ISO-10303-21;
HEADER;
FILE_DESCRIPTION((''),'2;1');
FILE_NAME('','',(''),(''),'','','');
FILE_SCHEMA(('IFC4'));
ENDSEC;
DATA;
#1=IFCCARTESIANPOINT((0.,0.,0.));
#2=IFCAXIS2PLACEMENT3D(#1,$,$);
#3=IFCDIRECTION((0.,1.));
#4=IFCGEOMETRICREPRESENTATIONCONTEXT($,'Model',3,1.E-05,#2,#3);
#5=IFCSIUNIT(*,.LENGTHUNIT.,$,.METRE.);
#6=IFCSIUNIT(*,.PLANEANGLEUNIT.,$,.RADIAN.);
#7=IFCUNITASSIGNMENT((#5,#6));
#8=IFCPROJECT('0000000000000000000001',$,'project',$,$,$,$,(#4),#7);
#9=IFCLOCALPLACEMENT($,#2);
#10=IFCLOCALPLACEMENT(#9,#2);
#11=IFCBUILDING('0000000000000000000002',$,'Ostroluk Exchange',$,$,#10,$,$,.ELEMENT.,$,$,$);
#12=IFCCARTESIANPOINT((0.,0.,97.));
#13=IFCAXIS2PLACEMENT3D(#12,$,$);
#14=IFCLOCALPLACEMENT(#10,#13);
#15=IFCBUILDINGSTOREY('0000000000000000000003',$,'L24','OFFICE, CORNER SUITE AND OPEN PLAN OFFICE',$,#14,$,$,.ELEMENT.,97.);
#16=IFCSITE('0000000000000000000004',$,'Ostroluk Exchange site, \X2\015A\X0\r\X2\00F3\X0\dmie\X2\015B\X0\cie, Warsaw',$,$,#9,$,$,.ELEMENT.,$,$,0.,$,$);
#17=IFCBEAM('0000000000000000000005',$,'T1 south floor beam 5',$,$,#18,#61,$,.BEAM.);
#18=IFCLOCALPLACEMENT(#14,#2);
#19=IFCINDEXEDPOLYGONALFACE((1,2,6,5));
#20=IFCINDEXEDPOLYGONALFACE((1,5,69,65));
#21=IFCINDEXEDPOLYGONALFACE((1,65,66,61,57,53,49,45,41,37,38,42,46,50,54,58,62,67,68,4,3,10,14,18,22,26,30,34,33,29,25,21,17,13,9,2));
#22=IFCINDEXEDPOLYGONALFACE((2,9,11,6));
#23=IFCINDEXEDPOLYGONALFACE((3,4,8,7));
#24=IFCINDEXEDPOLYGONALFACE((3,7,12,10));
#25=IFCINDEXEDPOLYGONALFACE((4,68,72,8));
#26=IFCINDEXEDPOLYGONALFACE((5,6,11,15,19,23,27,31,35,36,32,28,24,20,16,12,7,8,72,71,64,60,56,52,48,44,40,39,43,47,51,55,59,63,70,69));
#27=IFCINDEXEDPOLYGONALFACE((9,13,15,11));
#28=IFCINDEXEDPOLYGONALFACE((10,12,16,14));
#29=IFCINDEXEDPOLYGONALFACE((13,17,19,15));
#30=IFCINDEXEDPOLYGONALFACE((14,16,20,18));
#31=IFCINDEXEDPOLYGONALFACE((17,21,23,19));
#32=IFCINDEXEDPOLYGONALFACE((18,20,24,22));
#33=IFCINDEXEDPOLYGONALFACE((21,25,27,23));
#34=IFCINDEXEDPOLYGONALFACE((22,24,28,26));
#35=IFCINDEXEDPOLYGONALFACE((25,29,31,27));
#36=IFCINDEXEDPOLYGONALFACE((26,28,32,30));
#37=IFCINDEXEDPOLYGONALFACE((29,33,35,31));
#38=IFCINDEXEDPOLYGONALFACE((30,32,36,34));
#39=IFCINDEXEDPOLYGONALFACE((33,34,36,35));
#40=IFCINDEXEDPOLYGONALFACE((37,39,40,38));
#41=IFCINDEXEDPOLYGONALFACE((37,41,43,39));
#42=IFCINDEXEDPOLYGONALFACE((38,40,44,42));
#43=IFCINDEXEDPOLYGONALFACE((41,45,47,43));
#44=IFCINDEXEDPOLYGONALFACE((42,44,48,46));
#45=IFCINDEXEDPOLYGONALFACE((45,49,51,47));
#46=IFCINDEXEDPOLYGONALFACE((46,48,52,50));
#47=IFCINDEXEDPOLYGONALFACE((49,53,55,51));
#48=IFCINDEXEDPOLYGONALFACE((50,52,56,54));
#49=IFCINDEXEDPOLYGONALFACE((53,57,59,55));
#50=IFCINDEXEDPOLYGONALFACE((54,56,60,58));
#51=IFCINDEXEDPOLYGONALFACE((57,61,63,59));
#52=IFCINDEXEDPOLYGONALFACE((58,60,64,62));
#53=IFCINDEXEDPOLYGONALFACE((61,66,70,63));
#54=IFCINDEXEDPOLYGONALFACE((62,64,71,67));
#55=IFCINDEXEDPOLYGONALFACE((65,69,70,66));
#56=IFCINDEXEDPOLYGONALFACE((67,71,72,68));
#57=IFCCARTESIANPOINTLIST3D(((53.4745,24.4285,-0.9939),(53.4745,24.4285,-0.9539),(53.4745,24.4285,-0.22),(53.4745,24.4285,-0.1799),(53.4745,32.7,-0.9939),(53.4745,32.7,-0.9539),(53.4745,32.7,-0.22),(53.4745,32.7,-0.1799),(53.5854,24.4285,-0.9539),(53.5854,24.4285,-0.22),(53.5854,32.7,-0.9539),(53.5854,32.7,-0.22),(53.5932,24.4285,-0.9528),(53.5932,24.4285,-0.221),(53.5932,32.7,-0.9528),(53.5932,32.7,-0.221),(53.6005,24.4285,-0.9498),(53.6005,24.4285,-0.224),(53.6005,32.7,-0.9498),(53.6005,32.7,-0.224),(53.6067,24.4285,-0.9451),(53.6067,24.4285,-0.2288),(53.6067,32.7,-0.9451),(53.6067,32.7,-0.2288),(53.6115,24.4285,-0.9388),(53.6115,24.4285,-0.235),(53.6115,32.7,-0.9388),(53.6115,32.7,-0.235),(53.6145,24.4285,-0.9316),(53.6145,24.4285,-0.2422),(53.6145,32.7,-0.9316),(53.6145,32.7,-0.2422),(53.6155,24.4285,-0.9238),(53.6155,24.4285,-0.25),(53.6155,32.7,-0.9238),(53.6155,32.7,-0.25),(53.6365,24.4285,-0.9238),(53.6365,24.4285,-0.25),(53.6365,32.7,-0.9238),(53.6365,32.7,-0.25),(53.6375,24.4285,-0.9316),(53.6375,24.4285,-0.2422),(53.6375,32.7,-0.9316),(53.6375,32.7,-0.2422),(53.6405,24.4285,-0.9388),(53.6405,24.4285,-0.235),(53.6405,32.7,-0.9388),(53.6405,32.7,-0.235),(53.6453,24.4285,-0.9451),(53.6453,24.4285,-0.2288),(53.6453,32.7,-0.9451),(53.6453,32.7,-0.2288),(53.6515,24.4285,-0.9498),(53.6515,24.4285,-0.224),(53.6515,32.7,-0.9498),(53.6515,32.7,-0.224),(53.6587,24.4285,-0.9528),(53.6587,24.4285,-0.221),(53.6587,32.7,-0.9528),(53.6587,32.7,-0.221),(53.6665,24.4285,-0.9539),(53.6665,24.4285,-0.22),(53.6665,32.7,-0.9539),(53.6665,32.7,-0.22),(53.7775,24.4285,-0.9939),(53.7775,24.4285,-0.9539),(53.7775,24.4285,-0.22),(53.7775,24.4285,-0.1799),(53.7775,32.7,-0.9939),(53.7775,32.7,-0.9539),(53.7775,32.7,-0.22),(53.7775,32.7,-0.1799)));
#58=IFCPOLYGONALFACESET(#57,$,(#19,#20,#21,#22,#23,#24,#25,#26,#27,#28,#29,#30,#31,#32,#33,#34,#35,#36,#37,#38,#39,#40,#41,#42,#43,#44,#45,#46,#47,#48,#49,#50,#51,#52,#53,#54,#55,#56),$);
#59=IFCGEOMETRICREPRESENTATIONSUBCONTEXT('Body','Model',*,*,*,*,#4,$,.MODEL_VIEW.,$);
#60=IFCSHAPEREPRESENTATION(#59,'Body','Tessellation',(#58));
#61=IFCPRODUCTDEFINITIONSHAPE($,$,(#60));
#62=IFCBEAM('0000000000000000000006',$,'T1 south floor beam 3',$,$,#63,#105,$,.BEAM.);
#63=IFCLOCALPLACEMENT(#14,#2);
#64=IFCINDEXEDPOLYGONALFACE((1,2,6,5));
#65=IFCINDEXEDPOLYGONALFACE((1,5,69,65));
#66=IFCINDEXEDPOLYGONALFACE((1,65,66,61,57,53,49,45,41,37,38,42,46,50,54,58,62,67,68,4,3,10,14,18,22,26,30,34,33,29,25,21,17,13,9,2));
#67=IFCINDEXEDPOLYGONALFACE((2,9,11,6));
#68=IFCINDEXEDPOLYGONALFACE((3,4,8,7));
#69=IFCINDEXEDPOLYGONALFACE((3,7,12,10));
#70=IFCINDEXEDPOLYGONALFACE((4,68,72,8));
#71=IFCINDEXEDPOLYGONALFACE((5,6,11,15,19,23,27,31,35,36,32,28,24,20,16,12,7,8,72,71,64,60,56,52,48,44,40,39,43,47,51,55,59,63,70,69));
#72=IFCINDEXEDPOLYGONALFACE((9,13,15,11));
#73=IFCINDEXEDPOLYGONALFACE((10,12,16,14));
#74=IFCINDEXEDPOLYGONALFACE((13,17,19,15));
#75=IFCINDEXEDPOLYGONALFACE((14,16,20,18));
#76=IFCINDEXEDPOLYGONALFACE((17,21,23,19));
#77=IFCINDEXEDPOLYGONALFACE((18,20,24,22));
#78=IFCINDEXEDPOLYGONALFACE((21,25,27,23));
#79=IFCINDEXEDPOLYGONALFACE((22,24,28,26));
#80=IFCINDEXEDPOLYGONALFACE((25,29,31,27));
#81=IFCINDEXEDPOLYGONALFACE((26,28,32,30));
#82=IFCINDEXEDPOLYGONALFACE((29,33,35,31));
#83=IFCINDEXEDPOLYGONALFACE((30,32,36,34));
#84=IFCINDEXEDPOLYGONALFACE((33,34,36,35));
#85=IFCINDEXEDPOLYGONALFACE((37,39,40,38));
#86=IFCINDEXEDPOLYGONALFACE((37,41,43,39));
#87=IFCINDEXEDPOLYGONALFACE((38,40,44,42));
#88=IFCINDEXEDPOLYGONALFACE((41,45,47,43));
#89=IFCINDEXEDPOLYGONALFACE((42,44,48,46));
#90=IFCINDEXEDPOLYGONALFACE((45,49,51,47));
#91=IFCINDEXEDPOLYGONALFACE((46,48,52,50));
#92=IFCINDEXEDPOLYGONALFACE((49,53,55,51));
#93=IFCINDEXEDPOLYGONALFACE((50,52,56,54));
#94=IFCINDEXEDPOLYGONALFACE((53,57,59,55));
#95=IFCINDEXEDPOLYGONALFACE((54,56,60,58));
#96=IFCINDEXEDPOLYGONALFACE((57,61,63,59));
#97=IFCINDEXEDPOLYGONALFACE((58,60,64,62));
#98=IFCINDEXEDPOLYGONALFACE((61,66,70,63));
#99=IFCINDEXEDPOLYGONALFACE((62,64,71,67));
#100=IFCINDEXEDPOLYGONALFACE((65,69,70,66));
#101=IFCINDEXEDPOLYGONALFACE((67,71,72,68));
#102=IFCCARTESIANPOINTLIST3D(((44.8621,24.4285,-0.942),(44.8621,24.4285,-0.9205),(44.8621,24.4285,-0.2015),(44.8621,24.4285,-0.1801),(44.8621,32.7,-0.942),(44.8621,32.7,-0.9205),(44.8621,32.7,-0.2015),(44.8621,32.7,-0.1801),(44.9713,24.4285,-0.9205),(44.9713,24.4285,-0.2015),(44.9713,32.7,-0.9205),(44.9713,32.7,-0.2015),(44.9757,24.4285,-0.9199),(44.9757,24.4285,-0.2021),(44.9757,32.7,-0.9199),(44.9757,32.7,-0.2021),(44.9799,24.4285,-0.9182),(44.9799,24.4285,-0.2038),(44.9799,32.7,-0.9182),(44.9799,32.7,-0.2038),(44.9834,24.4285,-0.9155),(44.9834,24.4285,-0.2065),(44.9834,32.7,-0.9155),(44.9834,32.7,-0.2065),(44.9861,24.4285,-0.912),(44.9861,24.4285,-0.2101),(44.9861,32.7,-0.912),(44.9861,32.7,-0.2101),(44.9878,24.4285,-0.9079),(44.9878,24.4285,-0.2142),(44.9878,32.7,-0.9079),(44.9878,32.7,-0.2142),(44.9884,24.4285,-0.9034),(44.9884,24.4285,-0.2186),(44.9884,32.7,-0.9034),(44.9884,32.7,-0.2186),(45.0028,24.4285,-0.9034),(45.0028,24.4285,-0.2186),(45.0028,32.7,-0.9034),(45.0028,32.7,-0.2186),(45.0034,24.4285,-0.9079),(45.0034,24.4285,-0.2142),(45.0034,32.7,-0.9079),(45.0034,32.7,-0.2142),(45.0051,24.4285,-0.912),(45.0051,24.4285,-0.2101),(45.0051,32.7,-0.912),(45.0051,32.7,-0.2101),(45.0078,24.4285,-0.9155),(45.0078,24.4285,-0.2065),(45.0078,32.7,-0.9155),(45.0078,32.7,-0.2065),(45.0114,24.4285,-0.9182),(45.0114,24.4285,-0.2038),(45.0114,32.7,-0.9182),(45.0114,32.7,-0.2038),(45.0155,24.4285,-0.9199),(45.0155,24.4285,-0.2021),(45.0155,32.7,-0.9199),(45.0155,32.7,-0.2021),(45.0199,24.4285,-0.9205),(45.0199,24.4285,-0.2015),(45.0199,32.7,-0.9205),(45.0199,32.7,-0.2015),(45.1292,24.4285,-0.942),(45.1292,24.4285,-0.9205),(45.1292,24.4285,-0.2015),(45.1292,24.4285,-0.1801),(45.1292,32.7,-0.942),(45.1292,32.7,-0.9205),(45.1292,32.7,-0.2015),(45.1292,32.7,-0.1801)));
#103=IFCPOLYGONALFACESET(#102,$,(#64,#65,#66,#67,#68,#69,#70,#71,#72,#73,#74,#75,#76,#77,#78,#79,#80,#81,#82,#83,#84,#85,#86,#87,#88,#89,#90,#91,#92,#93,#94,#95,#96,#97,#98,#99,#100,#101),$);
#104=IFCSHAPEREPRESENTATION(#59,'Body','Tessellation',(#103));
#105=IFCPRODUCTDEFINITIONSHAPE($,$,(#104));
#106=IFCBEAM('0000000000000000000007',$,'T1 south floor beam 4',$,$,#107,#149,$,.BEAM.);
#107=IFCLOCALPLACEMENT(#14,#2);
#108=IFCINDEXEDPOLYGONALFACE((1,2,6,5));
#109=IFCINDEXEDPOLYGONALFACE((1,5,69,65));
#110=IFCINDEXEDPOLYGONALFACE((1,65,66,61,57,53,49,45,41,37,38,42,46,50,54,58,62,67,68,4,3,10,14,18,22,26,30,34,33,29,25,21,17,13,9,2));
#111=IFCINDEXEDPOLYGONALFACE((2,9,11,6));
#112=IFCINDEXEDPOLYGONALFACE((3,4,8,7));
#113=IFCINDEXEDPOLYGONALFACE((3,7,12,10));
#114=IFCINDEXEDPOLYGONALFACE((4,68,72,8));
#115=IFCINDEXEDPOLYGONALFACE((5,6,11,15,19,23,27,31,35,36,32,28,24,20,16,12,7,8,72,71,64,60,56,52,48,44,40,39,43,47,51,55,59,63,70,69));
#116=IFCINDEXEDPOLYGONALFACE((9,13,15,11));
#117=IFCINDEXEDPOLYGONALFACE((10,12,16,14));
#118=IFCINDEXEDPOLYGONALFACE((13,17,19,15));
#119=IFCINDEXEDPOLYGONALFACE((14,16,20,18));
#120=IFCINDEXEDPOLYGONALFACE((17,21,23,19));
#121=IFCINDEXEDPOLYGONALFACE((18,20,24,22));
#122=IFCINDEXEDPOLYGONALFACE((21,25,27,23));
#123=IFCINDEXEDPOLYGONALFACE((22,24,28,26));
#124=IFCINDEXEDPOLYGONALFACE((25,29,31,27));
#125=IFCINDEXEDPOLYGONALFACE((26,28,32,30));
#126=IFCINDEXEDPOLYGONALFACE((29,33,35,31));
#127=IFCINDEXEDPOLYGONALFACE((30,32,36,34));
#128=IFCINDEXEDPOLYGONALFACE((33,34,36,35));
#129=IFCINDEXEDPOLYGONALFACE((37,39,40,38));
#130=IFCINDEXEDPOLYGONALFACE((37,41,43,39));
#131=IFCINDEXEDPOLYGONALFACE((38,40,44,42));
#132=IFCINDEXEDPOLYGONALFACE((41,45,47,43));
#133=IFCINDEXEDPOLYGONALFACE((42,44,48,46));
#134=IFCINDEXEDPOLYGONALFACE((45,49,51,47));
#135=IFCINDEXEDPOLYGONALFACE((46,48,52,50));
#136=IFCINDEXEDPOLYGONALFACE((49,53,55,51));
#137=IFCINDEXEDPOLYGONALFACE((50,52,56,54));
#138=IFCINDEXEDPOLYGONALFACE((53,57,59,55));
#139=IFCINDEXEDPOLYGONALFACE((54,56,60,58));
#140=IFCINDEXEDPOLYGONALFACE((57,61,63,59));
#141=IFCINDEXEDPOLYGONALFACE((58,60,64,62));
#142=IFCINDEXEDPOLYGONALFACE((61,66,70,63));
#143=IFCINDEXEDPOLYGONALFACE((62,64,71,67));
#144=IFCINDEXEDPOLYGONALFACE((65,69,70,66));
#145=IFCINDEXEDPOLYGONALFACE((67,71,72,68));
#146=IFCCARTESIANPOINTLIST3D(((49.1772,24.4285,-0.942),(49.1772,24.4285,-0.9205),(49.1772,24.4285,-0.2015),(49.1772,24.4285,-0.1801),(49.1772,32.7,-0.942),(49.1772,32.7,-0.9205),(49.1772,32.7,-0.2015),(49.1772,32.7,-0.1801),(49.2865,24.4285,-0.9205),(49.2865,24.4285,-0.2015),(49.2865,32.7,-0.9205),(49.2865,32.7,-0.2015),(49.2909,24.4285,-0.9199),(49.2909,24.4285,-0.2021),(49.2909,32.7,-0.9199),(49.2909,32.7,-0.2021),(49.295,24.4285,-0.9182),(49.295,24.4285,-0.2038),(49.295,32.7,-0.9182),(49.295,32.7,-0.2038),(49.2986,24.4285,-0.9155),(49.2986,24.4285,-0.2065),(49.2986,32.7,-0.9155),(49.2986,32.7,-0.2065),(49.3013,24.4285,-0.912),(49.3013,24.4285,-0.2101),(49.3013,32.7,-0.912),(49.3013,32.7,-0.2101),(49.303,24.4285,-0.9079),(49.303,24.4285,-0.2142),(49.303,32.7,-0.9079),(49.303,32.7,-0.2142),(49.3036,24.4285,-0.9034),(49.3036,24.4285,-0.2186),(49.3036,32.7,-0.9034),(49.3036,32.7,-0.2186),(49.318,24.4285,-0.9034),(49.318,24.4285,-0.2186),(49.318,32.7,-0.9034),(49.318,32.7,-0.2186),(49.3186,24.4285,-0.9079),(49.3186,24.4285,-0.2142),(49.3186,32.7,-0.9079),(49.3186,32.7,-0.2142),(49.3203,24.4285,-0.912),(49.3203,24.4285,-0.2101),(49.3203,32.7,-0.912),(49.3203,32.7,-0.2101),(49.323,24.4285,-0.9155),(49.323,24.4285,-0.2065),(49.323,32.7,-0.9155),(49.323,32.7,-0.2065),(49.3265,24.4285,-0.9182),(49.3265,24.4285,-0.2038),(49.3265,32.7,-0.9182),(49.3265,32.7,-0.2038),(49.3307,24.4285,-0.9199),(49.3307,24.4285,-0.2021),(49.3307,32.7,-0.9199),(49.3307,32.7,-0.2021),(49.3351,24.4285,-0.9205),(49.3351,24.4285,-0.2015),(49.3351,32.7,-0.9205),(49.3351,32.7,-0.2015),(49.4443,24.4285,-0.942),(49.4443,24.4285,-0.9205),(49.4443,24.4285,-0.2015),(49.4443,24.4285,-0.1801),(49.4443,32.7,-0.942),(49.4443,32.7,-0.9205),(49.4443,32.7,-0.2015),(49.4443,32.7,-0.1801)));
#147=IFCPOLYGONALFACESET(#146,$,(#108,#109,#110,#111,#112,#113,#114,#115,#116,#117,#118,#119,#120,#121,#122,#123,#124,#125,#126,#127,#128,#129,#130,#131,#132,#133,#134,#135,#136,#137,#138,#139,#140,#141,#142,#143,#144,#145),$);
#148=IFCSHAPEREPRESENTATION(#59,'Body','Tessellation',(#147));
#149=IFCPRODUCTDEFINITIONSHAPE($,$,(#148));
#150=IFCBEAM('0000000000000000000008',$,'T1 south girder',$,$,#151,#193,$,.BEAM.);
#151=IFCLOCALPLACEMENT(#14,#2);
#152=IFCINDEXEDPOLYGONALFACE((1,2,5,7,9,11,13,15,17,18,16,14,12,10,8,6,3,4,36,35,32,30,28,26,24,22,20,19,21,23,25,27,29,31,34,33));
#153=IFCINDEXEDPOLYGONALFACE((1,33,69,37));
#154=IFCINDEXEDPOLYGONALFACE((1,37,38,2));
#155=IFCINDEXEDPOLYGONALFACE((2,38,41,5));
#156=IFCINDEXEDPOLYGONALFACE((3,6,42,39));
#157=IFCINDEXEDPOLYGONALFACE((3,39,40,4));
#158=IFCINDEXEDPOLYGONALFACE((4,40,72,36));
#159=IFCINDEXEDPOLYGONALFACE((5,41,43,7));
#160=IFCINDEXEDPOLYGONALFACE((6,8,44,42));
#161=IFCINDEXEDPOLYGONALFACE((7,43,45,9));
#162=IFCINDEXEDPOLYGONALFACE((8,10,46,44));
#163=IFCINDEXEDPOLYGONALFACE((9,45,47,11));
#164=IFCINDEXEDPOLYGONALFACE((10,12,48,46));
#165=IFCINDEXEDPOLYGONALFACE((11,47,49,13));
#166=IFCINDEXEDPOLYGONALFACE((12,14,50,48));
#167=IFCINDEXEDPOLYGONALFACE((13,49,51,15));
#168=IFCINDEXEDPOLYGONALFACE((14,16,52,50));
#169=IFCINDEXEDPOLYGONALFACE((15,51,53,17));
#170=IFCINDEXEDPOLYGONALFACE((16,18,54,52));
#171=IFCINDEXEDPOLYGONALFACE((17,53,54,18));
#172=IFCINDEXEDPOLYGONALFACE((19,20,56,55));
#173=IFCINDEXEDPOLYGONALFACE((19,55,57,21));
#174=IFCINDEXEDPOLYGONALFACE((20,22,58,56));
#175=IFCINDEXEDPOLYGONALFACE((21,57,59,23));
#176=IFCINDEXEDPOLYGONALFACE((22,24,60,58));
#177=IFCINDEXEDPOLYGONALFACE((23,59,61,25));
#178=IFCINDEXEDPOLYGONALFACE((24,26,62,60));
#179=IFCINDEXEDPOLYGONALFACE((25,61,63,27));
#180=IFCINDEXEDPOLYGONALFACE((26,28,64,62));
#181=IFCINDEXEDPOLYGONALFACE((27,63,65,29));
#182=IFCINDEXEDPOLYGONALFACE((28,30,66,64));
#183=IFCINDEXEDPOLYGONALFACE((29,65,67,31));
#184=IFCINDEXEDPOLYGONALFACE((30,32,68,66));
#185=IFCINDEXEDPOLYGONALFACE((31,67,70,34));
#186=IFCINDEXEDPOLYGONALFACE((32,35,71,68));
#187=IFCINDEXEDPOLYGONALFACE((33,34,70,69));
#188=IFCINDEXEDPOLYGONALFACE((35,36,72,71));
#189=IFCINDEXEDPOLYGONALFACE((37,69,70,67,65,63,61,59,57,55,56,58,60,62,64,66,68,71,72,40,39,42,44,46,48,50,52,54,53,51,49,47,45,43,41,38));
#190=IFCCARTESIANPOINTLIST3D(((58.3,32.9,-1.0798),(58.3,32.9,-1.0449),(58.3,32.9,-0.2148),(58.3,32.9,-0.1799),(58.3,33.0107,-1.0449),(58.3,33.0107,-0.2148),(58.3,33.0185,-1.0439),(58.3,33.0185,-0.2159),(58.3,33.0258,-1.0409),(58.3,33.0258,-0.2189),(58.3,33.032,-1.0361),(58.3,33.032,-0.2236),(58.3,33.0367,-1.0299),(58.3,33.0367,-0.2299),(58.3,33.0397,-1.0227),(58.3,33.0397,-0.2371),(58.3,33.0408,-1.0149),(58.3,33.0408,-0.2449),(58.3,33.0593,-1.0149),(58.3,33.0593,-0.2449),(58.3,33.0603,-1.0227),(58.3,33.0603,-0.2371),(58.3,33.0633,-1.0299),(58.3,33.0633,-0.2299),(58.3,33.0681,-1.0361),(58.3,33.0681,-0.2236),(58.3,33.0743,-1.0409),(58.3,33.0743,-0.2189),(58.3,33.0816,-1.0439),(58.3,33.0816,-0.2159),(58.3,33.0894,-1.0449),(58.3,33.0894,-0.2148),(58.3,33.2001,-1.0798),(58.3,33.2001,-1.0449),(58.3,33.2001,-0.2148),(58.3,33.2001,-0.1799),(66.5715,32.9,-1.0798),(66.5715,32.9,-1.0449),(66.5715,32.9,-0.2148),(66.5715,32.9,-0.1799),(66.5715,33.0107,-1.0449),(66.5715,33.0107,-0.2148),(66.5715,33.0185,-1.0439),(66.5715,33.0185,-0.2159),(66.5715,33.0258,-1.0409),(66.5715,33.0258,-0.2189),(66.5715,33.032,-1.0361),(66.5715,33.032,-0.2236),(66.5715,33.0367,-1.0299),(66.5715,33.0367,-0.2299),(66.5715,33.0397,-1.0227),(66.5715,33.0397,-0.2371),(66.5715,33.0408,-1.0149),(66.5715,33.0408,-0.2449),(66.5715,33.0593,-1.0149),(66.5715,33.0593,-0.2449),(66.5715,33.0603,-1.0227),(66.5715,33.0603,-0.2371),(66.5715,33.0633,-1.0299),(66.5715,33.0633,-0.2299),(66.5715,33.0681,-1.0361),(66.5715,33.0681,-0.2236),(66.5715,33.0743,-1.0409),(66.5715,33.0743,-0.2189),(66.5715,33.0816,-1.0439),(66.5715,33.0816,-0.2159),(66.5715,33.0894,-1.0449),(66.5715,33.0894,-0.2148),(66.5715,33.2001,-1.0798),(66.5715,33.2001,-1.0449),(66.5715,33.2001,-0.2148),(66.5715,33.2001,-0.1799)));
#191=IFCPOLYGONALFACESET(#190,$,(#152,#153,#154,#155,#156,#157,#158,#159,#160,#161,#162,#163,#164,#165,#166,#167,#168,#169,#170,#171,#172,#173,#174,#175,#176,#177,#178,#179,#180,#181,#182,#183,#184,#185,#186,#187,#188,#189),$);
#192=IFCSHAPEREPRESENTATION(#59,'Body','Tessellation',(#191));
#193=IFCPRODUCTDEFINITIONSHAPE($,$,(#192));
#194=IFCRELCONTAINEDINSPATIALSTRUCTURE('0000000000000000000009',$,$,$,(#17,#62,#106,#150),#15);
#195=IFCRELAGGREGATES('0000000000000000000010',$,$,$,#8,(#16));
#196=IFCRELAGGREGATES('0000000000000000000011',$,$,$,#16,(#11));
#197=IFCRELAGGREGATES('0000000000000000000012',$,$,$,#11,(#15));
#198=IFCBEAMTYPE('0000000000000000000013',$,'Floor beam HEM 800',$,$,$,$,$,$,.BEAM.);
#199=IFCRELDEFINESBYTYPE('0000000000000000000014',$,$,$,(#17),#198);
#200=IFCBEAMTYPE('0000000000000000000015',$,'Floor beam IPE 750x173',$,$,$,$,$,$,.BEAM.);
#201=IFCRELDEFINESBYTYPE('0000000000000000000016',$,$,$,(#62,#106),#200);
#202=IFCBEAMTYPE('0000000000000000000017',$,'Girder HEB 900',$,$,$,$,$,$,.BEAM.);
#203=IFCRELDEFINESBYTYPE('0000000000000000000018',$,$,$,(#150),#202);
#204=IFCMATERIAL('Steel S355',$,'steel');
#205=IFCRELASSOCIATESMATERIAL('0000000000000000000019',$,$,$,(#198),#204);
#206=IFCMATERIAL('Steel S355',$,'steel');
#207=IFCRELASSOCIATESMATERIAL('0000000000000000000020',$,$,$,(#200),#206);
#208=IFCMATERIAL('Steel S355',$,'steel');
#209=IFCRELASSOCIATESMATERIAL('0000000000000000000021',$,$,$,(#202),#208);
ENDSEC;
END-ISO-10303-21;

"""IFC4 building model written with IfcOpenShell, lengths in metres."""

from ifc_helpers import new_model, si_unit, direction, frame, origin, origin_2d, place, context, subcontext, project, spatial, i_section, extrude, material, material_profile, profile_set, type_object, element, save


model = new_model("IFC4")

# Units and contexts
model_context = context("Model", 3, precision=1e-05, world=origin(), true_north=direction((0.0, 1.0)))
body_context = subcontext(model_context, "Body", "Model", "MODEL_VIEW")
ifc_project = project(units=[si_unit("LENGTHUNIT", "METRE"), si_unit("PLANEANGLEUNIT", "RADIAN")], contexts=[model_context])

# Site, building, storey
site_placement = place(None, origin())
site = spatial("IfcSite", under=ifc_project, at=site_placement, Name="Ostroluk Exchange site, Śródmieście, Warsaw", CompositionType="ELEMENT", RefElevation=0.0)
building_placement = place(site_placement, origin())
building = spatial("IfcBuilding", under=site, at=building_placement, Name="Ostroluk Exchange", CompositionType="ELEMENT")
storey_placement = place(building_placement, frame((0.0, 0.0, 97.0)))
storey = spatial("IfcBuildingStorey", under=building, at=storey_placement, Name="L24", Description="OFFICE, CORNER SUITE AND OPEN PLAN OFFICE", CompositionType="ELEMENT", Elevation=97.0)

# Beams
ifc_material_1 = material(Name="Steel S355", Category="steel")
ifc_material_profile_1 = material_profile(ifc_material_1, i_section(OverallWidth=0.303, OverallDepth=0.814, WebThickness=0.021, FlangeThickness=0.04, FilletRadius=0.03, at=origin_2d()), Name="HEM 800")
ifc_profile_set_1 = profile_set([ifc_material_profile_1], Name="Steel S355")
beam_type_1 = type_object("IfcBeamType", Name="Floor beam HEM 800", PredefinedType="BEAM", material=ifc_profile_set_1)
beam_1_placement = place(storey_placement, frame((53.626, 32.7, -0.5869), z_axis=(0.0, -1.0, 0.0), x_axis=(1.0, 0.0, 0.0)))
element("IfcBeam", 1, at=beam_1_placement, inside=storey, type_object=beam_type_1, Name="T1 south floor beam 5", PredefinedType="BEAM", context=body_context, shape_type="SweptSolid", body=[
    extrude(i_section(OverallWidth=0.303, OverallDepth=0.814, WebThickness=0.021, FlangeThickness=0.04, FilletRadius=0.03, at=origin_2d()), origin(), (0.0, 0.0, 1.0), 8.2715),
])
ifc_material_2 = material(Name="Steel S355", Category="steel")
ifc_material_profile_2 = material_profile(ifc_material_2, i_section(OverallWidth=0.2671, OverallDepth=0.762, WebThickness=0.0144, FlangeThickness=0.0215, FilletRadius=0.0171, at=origin_2d()), Name="IPE 750x173")
ifc_profile_set_2 = profile_set([ifc_material_profile_2], Name="Steel S355")
beam_type_2 = type_object("IfcBeamType", Name="Floor beam IPE 750x173", PredefinedType="BEAM", material=ifc_profile_set_2)
for number, where, z_axis, x_axis, name in (
    (2, (44.9956, 32.7, -0.561), (0.0, -1.0, 0.0), (1.0, 0.0, 0.0), "T1 south floor beam 3"),
    (3, (49.3108, 32.7, -0.561), (0.0, -1.0, 0.0), (1.0, 0.0, 0.0), "T1 south floor beam 4"),
):
    element("IfcBeam", number, at=place(storey_placement, frame(where, z_axis=z_axis, x_axis=x_axis)), inside=storey, type_object=beam_type_2, Name=name, PredefinedType="BEAM", context=body_context, shape_type="SweptSolid", body=[
        extrude(i_section(OverallWidth=0.2671, OverallDepth=0.762, WebThickness=0.0144, FlangeThickness=0.0215, FilletRadius=0.0171, at=origin_2d()), origin(), (0.0, 0.0, 1.0), 8.2715),
    ])
ifc_material_3 = material(Name="Steel S355", Category="steel")
ifc_material_profile_3 = material_profile(ifc_material_3, i_section(OverallWidth=0.3, OverallDepth=0.8999, WebThickness=0.0186, FlangeThickness=0.0349, FilletRadius=0.03, at=origin_2d()), Name="HEB 900")
ifc_profile_set_3 = profile_set([ifc_material_profile_3], Name="Steel S355")
beam_type_3 = type_object("IfcBeamType", Name="Girder HEB 900", PredefinedType="BEAM", material=ifc_profile_set_3)
beam_2_placement = place(storey_placement, frame((58.3, 33.05, -0.6299), z_axis=(1.0, 0.0, 0.0), x_axis=(0.0, 1.0, 0.0)))
element("IfcBeam", 4, at=beam_2_placement, inside=storey, type_object=beam_type_3, Name="T1 south girder", PredefinedType="BEAM", context=body_context, shape_type="SweptSolid", body=[
    extrude(i_section(OverallWidth=0.3, OverallDepth=0.8999, WebThickness=0.0186, FlangeThickness=0.0349, FilletRadius=0.03, at=origin_2d()), origin(), (0.0, 0.0, 1.0), 8.2715),
])

save(model, "model.ifc")
